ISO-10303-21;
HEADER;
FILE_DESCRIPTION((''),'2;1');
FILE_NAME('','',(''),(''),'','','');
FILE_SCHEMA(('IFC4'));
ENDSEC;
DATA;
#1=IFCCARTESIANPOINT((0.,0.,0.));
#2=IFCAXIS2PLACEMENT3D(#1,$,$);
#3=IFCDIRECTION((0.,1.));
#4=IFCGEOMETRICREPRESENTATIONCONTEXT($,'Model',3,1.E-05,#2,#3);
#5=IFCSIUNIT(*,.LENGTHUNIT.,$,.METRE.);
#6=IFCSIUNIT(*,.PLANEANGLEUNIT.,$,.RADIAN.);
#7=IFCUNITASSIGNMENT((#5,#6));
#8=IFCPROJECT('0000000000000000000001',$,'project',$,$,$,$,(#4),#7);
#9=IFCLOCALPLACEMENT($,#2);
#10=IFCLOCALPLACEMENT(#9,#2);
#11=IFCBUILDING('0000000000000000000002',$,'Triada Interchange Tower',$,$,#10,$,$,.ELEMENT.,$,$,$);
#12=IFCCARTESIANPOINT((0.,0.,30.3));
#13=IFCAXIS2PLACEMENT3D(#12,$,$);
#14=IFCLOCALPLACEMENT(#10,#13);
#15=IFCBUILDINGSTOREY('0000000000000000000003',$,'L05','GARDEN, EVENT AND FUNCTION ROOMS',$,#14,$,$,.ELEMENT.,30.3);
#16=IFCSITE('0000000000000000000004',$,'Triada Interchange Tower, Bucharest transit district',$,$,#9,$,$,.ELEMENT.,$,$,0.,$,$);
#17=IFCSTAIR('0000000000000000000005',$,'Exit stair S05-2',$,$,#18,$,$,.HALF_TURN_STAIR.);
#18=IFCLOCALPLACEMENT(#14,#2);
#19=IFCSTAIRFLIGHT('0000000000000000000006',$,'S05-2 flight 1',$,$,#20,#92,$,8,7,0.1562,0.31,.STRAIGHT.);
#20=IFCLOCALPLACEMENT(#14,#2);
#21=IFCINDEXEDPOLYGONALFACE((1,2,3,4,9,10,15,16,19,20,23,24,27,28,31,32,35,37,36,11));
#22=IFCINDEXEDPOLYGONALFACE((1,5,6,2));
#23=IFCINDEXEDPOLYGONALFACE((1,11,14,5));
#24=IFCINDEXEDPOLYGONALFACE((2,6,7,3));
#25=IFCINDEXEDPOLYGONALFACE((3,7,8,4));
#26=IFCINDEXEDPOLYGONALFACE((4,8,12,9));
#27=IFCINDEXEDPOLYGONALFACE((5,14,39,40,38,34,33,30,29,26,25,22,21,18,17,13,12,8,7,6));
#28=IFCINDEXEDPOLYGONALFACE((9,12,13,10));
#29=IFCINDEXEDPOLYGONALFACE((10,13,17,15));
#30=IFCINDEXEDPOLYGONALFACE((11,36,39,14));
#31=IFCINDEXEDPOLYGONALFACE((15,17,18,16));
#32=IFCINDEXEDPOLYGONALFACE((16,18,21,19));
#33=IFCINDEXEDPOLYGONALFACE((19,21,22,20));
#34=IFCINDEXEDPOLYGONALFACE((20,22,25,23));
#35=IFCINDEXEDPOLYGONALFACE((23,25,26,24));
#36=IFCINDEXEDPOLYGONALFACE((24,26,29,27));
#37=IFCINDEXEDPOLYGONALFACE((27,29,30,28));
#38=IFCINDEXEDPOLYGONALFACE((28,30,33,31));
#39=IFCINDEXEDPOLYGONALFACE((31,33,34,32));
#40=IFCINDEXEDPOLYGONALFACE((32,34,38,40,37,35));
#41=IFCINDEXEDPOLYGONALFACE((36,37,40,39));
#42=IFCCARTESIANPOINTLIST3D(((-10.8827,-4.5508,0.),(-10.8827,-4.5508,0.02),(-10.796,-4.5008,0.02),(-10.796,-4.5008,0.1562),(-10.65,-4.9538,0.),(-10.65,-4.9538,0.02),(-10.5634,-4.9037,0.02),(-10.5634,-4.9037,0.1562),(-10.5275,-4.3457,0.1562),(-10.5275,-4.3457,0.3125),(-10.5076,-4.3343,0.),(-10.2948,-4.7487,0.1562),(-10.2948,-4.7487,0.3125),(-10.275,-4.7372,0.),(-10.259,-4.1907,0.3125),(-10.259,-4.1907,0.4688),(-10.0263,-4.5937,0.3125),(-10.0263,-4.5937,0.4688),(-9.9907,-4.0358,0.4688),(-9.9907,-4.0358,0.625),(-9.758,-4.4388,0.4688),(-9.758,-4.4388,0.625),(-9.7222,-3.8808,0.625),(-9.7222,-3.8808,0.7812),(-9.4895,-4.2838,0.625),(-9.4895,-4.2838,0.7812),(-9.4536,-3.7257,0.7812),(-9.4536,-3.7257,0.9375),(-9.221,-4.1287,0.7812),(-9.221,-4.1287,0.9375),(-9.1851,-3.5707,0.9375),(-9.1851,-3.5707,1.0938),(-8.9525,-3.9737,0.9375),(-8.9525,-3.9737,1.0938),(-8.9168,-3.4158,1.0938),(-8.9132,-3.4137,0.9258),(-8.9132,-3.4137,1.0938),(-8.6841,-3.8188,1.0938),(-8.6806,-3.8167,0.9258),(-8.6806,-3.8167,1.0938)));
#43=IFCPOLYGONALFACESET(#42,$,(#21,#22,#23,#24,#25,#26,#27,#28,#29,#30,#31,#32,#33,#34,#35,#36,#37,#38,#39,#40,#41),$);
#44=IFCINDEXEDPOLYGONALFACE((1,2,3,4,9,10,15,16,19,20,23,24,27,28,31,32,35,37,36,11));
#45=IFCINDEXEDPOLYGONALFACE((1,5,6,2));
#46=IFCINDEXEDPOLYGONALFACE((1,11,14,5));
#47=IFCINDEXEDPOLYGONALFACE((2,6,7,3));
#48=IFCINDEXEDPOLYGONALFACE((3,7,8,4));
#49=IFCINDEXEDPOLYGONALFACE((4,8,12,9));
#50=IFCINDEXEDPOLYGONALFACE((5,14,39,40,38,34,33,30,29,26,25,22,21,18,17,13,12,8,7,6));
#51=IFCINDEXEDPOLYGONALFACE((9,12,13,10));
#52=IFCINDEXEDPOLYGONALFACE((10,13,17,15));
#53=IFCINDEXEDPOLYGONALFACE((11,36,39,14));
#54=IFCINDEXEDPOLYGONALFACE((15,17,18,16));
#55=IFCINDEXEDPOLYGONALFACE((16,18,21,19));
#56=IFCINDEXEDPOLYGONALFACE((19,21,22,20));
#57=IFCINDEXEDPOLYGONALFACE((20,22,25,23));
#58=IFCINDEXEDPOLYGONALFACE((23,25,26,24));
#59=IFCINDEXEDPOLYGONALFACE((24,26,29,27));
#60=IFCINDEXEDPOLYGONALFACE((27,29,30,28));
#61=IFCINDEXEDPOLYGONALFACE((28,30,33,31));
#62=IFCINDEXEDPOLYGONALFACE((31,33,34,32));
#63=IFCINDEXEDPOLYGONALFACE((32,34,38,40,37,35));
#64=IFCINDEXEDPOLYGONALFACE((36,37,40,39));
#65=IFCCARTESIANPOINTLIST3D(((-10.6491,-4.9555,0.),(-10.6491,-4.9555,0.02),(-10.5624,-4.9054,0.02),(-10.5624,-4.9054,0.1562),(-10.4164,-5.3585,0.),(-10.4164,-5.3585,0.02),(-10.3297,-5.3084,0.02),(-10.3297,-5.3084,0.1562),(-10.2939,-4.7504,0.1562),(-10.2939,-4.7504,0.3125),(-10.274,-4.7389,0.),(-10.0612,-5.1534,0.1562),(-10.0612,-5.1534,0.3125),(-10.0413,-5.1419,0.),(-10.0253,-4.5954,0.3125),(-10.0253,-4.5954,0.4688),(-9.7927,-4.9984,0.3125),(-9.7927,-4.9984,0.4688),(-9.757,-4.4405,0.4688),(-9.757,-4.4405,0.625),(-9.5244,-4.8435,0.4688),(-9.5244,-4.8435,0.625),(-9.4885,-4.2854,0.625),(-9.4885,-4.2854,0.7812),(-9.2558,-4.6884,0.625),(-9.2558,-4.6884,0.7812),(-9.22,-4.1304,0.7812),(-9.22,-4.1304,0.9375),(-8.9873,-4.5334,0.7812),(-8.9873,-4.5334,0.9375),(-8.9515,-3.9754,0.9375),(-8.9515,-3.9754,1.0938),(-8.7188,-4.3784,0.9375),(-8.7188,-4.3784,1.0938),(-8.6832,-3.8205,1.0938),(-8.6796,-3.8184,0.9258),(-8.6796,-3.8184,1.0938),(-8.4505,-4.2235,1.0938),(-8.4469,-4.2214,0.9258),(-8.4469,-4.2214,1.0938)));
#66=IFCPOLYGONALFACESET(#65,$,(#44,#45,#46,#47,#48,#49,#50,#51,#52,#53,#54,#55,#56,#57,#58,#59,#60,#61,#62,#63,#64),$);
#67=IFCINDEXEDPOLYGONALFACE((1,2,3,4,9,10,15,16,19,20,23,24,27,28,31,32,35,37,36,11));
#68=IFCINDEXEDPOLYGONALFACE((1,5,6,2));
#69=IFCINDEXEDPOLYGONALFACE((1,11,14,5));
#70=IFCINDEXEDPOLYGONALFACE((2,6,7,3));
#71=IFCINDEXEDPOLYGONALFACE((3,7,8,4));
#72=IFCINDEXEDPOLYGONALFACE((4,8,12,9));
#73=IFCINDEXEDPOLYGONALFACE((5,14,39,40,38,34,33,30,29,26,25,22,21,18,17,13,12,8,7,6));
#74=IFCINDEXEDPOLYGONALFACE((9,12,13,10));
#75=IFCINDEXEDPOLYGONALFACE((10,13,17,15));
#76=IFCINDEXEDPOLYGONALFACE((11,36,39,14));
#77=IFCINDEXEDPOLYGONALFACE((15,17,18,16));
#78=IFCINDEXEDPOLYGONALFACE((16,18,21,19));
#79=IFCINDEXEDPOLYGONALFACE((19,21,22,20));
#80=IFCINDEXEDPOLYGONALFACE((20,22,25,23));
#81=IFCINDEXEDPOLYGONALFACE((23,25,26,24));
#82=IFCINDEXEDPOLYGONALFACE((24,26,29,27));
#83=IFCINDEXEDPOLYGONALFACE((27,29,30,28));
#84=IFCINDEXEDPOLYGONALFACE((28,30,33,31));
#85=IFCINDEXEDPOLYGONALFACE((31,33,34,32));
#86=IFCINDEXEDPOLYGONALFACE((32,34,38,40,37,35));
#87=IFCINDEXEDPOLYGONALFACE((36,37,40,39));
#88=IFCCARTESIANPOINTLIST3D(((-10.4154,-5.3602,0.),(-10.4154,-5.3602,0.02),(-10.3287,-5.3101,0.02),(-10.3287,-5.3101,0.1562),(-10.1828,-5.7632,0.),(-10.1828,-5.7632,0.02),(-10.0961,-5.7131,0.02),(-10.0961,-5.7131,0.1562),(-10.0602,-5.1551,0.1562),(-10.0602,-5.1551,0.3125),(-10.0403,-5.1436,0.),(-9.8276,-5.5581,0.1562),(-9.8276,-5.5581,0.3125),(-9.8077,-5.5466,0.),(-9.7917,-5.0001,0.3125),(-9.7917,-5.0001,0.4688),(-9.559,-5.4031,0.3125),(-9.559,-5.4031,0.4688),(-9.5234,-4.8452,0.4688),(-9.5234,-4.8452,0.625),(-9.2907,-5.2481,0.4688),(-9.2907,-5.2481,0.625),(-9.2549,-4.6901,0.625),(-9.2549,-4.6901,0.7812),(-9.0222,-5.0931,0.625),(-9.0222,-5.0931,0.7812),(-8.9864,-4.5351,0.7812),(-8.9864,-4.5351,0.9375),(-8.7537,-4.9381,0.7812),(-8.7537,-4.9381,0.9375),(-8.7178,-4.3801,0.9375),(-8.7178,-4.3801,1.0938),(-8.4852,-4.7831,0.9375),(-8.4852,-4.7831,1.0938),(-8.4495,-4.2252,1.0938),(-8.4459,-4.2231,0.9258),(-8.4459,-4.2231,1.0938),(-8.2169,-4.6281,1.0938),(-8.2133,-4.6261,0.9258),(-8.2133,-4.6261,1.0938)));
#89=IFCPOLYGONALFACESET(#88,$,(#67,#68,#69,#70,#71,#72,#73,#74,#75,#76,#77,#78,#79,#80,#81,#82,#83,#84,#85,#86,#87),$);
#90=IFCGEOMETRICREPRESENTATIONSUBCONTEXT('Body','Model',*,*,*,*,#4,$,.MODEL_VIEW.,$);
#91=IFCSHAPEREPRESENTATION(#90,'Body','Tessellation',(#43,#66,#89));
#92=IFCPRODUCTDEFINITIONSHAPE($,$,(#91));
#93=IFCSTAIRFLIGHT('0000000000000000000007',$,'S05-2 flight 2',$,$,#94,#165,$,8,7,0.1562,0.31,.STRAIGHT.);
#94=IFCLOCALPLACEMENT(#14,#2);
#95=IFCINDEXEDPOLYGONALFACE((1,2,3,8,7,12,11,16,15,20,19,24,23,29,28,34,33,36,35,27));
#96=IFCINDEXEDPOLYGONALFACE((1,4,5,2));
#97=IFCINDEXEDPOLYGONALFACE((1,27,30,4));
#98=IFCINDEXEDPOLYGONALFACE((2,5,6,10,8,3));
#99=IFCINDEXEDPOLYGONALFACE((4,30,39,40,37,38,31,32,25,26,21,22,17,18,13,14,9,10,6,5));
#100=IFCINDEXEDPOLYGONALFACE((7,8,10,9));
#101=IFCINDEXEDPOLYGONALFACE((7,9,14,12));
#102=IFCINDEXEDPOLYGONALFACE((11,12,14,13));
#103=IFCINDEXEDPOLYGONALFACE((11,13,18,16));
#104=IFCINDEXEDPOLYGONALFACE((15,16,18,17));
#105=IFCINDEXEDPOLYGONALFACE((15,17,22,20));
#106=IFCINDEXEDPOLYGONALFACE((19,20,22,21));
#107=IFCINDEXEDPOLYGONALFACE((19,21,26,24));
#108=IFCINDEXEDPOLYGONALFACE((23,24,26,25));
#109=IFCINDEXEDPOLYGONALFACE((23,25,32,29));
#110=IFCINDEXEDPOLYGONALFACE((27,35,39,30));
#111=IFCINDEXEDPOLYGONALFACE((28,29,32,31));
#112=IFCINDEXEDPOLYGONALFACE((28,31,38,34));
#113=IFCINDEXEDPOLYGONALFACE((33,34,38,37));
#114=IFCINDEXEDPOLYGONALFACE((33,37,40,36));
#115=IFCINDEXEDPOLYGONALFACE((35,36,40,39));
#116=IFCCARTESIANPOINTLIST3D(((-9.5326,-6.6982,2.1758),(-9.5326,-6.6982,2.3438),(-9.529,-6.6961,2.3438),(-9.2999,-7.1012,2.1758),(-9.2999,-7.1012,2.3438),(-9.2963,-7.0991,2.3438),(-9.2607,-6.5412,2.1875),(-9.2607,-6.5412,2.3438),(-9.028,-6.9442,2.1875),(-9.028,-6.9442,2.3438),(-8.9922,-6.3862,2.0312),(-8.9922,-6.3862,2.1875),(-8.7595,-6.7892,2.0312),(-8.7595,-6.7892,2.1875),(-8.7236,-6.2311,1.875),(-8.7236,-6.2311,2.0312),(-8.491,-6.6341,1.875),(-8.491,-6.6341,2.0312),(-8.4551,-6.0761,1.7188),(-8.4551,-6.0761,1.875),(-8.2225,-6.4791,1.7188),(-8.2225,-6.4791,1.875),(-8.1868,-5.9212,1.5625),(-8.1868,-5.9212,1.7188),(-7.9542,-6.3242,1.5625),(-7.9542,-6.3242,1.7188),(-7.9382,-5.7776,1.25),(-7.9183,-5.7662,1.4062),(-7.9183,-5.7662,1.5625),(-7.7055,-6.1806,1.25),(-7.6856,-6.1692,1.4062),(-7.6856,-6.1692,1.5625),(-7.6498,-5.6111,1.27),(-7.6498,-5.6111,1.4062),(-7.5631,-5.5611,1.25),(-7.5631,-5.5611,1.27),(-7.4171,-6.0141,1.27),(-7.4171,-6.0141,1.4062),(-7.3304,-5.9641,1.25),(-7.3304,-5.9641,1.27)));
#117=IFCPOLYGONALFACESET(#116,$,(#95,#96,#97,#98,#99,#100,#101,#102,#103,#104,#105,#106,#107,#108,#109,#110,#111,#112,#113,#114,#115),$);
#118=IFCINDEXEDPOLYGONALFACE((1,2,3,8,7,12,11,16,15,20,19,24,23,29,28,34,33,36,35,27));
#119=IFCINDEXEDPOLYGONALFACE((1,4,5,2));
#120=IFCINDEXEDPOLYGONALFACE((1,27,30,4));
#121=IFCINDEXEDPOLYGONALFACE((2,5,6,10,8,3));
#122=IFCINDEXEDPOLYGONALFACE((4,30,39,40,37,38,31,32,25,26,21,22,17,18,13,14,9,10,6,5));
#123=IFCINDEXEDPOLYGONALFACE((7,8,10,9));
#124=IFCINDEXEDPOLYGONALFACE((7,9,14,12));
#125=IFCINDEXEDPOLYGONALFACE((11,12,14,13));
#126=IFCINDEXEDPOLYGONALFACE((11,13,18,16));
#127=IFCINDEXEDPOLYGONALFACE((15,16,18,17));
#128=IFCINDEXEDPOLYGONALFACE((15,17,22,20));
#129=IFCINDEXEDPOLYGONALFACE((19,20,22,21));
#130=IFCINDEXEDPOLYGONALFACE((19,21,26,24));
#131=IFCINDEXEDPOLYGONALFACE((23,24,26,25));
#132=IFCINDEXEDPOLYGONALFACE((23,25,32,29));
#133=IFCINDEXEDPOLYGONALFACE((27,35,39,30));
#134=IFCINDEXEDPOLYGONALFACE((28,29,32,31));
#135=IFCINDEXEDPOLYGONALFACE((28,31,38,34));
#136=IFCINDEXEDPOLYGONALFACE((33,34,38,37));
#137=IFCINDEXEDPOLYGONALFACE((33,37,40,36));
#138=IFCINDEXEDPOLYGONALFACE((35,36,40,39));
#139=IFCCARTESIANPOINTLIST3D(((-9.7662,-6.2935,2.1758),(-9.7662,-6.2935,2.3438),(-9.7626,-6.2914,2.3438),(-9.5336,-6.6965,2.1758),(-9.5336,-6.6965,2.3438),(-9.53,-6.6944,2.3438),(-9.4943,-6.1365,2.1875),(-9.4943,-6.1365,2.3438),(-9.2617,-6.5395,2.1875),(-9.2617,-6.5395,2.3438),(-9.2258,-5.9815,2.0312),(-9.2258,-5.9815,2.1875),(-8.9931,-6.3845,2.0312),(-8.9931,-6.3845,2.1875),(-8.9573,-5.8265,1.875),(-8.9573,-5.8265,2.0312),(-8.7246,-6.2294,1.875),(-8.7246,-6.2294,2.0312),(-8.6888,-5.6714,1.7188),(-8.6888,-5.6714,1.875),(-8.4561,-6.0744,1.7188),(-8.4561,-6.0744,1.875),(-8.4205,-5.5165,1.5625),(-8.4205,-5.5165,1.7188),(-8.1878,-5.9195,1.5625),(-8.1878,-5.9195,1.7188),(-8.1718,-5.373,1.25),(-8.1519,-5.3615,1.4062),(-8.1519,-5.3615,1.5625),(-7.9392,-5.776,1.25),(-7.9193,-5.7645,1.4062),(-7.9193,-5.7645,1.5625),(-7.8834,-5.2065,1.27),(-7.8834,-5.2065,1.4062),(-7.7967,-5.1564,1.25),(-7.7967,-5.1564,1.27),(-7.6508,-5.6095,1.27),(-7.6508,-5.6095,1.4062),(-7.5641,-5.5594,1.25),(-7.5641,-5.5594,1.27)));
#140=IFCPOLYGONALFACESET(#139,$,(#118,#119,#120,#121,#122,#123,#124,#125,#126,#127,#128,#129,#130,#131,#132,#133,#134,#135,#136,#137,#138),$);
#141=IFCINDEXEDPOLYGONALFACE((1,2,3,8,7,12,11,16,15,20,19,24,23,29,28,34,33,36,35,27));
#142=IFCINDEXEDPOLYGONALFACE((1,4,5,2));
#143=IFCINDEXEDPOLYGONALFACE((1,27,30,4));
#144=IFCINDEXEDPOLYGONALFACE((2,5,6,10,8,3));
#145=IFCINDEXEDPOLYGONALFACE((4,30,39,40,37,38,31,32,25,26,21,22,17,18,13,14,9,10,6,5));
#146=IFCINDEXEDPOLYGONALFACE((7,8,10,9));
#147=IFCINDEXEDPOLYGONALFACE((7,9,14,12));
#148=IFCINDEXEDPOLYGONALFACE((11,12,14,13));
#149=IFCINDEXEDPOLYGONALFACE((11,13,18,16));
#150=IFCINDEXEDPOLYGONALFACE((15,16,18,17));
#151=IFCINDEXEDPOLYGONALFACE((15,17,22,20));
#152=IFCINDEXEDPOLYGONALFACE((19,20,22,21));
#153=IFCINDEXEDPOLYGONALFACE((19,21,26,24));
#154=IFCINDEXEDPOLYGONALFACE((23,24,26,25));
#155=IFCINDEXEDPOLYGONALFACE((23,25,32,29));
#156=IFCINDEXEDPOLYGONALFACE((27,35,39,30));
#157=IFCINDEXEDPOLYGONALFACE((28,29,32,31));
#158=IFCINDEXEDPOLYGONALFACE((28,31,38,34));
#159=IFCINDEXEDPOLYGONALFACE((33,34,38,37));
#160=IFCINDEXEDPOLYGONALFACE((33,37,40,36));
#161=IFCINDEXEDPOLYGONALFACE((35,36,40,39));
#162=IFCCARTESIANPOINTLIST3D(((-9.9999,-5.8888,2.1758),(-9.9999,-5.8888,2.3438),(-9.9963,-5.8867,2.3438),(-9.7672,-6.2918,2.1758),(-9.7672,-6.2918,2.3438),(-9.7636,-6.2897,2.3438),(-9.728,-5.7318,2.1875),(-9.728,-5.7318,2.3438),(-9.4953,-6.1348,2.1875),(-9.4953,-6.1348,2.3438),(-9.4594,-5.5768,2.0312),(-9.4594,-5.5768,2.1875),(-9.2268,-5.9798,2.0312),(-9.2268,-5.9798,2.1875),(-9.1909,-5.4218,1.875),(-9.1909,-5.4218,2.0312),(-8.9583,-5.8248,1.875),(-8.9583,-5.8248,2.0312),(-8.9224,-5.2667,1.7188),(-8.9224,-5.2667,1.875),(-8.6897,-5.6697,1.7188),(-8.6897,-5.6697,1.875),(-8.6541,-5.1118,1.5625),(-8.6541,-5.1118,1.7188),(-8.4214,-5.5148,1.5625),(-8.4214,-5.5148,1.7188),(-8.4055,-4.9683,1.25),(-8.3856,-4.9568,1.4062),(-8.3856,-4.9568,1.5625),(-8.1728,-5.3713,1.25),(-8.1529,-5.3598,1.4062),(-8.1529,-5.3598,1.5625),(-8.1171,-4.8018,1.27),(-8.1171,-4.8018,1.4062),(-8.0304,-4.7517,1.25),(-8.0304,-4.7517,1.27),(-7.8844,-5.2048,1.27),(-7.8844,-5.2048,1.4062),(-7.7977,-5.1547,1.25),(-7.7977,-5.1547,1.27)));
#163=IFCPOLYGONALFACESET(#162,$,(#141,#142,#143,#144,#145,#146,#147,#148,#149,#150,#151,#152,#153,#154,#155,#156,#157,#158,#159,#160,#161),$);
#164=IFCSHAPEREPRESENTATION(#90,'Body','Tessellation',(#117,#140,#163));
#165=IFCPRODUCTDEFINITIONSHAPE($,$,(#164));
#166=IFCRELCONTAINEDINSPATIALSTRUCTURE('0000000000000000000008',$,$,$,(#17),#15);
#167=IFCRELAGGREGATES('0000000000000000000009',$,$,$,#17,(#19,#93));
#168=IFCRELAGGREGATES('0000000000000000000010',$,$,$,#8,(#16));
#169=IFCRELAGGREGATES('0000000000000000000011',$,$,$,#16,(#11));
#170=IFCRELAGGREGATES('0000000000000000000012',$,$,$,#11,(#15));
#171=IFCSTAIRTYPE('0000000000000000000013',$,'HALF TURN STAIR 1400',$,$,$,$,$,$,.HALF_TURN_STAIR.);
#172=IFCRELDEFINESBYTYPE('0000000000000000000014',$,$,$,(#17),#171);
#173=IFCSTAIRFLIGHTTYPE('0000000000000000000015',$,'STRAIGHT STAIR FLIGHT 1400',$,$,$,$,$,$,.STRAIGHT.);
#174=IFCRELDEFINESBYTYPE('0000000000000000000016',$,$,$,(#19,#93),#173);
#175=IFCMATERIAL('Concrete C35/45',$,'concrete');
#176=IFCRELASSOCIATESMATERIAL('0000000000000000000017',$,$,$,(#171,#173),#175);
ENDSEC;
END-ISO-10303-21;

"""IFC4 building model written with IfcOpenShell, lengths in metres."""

from ifc_helpers import new_model, si_unit, direction, frame, origin, place, context, subcontext, project, spatial, polyline, outline, extrude, material, type_object, element, aggregate, save


model = new_model("IFC4")

# Units and contexts
model_context = context("Model", 3, precision=1e-05, world=origin(), true_north=direction((0.0, 1.0)))
body_context = subcontext(model_context, "Body", "Model", "MODEL_VIEW")
ifc_project = project(units=[si_unit("LENGTHUNIT", "METRE"), si_unit("PLANEANGLEUNIT", "RADIAN")], contexts=[model_context])

# Site, building, storey
site_placement = place(None, origin())
site = spatial("IfcSite", under=ifc_project, at=site_placement, Name="Triada Interchange Tower, Bucharest transit district", CompositionType="ELEMENT", RefElevation=0.0)
building_placement = place(site_placement, origin())
building = spatial("IfcBuilding", under=site, at=building_placement, Name="Triada Interchange Tower", CompositionType="ELEMENT")
storey_placement = place(building_placement, frame((0.0, 0.0, 30.3)))
storey = spatial("IfcBuildingStorey", under=building, at=storey_placement, Name="L05", Description="GARDEN, EVENT AND FUNCTION ROOMS", CompositionType="ELEMENT", Elevation=30.3)

# Stair, stair flights
ifc_material_1 = material(Name="Concrete C35/45", Category="concrete")
stair_type = type_object("IfcStairType", Name="HALF TURN STAIR 1400", PredefinedType="HALF_TURN_STAIR", material=ifc_material_1)
stair_placement = place(storey_placement, origin())
stair = element("IfcStair", 1, at=stair_placement, inside=storey, type_object=stair_type, Name="Exit stair S05-2", PredefinedType="HALF_TURN_STAIR")
stair_flight_type = type_object("IfcStairFlightType", Name="STRAIGHT STAIR FLIGHT 1400", PredefinedType="STRAIGHT", material=ifc_material_1)
stair_flight_1_placement = place(storey_placement, frame((-10.446, -5.1069, 0.0), z_axis=(0.0, 0.0, 1.0), x_axis=(0.866025, 0.5, 0.0)))
stair_flight_1 = element("IfcStairFlight", 2, at=stair_flight_1_placement, type_object=stair_flight_type, Name="S05-2 flight 1", NumberOfRisers=8, NumberOfTreads=7, PredefinedType="STRAIGHT", RiserHeight=0.1562, TreadLength=0.31, context=body_context, shape_type="SweptSolid", body=[
    extrude(outline(polyline([(-0.1001, 0.0), (-0.1001, 0.02), (0.0, 0.02), (0.0, 0.1562), (0.3101, 0.1562), (0.3101, 0.3125), (0.6201, 0.3125), (0.6201, 0.4688), (0.9299, 0.4688), (0.9299, 0.625), (1.24, 0.625), (1.24, 0.7812), (1.55, 0.7812), (1.55, 0.9375), (1.8601, 0.9375), (1.8601, 1.0938), (2.1699, 1.0938), (2.1741, 1.0938), (2.1741, 1.25), (2.1741, 0.9258), (0.333, 0.0), (-0.1001, 0.0)])), frame((0.0, 0.7, 0.0), z_axis=(0.0, -1.0, 0.0), x_axis=(1.0, 0.0, 0.0)), (0.0, 0.0, 1.0), 0.4653),
    extrude(outline(polyline([(-0.1001, 0.0), (-0.1001, 0.02), (0.0, 0.02), (0.0, 0.1562), (0.3101, 0.1562), (0.3101, 0.3125), (0.6201, 0.3125), (0.6201, 0.4688), (0.9299, 0.4688), (0.9299, 0.625), (1.24, 0.625), (1.24, 0.7812), (1.55, 0.7812), (1.55, 0.9375), (1.8601, 0.9375), (1.8601, 1.0938), (2.1699, 1.0938), (2.1741, 1.0938), (2.1741, 1.25), (2.1741, 0.9258), (0.333, 0.0), (-0.1001, 0.0)])), frame((0.0, 0.2327, 0.0), z_axis=(0.0, -1.0, 0.0), x_axis=(1.0, 0.0, 0.0)), (0.0, 0.0, 1.0), 0.4653),
    extrude(outline(polyline([(-0.1001, 0.0), (-0.1001, 0.02), (0.0, 0.02), (0.0, 0.1562), (0.3101, 0.1562), (0.3101, 0.3125), (0.6201, 0.3125), (0.6201, 0.4688), (0.9299, 0.4688), (0.9299, 0.625), (1.24, 0.625), (1.24, 0.7812), (1.55, 0.7812), (1.55, 0.9375), (1.8601, 0.9375), (1.8601, 1.0938), (2.1699, 1.0938), (2.1741, 1.0938), (2.1741, 1.25), (2.1741, 0.9258), (0.333, 0.0), (-0.1001, 0.0)])), frame((0.0, -0.2346, 0.0), z_axis=(0.0, -1.0, 0.0), x_axis=(1.0, 0.0, 0.0)), (0.0, 0.0, 1.0), 0.4653),
])
stair_flight_2_placement = place(storey_placement, frame((-7.7671, -5.408, 1.25), z_axis=(0.0, 0.0, 1.0), x_axis=(-0.866025, -0.5, 0.0)))
stair_flight_2 = element("IfcStairFlight", 3, at=stair_flight_2_placement, type_object=stair_flight_type, Name="S05-2 flight 2", NumberOfRisers=8, NumberOfTreads=7, PredefinedType="STRAIGHT", RiserHeight=0.1562, TreadLength=0.31, context=body_context, shape_type="SweptSolid", body=[
    extrude(outline(polyline([(-0.1001, 0.0), (-0.1001, 0.02), (0.0, 0.02), (0.0, 0.1562), (0.3101, 0.1562), (0.3101, 0.3125), (0.6201, 0.3125), (0.6201, 0.4688), (0.9299, 0.4688), (0.9299, 0.625), (1.24, 0.625), (1.24, 0.7812), (1.55, 0.7812), (1.55, 0.9375), (1.8601, 0.9375), (1.8601, 1.0938), (2.1699, 1.0938), (2.1741, 1.0938), (2.1741, 1.25), (2.1741, 0.9258), (0.333, 0.0), (-0.1001, 0.0)])), frame((0.0, 0.7, 0.0), z_axis=(0.0, -1.0, 0.0), x_axis=(1.0, 0.0, 0.0)), (0.0, 0.0, 1.0), 0.4653),
    extrude(outline(polyline([(-0.1001, 0.0), (-0.1001, 0.02), (0.0, 0.02), (0.0, 0.1562), (0.3101, 0.1562), (0.3101, 0.3125), (0.6201, 0.3125), (0.6201, 0.4688), (0.9299, 0.4688), (0.9299, 0.625), (1.24, 0.625), (1.24, 0.7812), (1.55, 0.7812), (1.55, 0.9375), (1.8601, 0.9375), (1.8601, 1.0938), (2.1699, 1.0938), (2.1741, 1.0938), (2.1741, 1.25), (2.1741, 0.9258), (0.333, 0.0), (-0.1001, 0.0)])), frame((0.0, 0.2327, 0.0), z_axis=(0.0, -1.0, 0.0), x_axis=(1.0, 0.0, 0.0)), (0.0, 0.0, 1.0), 0.4653),
    extrude(outline(polyline([(-0.1001, 0.0), (-0.1001, 0.02), (0.0, 0.02), (0.0, 0.1562), (0.3101, 0.1562), (0.3101, 0.3125), (0.6201, 0.3125), (0.6201, 0.4688), (0.9299, 0.4688), (0.9299, 0.625), (1.24, 0.625), (1.24, 0.7812), (1.55, 0.7812), (1.55, 0.9375), (1.8601, 0.9375), (1.8601, 1.0938), (2.1699, 1.0938), (2.1741, 1.0938), (2.1741, 1.25), (2.1741, 0.9258), (0.333, 0.0), (-0.1001, 0.0)])), frame((0.0, -0.2346, 0.0), z_axis=(0.0, -1.0, 0.0), x_axis=(1.0, 0.0, 0.0)), (0.0, 0.0, 1.0), 0.4653),
])
aggregate(stair, [stair_flight_1, stair_flight_2])

save(model, "model.ifc")
